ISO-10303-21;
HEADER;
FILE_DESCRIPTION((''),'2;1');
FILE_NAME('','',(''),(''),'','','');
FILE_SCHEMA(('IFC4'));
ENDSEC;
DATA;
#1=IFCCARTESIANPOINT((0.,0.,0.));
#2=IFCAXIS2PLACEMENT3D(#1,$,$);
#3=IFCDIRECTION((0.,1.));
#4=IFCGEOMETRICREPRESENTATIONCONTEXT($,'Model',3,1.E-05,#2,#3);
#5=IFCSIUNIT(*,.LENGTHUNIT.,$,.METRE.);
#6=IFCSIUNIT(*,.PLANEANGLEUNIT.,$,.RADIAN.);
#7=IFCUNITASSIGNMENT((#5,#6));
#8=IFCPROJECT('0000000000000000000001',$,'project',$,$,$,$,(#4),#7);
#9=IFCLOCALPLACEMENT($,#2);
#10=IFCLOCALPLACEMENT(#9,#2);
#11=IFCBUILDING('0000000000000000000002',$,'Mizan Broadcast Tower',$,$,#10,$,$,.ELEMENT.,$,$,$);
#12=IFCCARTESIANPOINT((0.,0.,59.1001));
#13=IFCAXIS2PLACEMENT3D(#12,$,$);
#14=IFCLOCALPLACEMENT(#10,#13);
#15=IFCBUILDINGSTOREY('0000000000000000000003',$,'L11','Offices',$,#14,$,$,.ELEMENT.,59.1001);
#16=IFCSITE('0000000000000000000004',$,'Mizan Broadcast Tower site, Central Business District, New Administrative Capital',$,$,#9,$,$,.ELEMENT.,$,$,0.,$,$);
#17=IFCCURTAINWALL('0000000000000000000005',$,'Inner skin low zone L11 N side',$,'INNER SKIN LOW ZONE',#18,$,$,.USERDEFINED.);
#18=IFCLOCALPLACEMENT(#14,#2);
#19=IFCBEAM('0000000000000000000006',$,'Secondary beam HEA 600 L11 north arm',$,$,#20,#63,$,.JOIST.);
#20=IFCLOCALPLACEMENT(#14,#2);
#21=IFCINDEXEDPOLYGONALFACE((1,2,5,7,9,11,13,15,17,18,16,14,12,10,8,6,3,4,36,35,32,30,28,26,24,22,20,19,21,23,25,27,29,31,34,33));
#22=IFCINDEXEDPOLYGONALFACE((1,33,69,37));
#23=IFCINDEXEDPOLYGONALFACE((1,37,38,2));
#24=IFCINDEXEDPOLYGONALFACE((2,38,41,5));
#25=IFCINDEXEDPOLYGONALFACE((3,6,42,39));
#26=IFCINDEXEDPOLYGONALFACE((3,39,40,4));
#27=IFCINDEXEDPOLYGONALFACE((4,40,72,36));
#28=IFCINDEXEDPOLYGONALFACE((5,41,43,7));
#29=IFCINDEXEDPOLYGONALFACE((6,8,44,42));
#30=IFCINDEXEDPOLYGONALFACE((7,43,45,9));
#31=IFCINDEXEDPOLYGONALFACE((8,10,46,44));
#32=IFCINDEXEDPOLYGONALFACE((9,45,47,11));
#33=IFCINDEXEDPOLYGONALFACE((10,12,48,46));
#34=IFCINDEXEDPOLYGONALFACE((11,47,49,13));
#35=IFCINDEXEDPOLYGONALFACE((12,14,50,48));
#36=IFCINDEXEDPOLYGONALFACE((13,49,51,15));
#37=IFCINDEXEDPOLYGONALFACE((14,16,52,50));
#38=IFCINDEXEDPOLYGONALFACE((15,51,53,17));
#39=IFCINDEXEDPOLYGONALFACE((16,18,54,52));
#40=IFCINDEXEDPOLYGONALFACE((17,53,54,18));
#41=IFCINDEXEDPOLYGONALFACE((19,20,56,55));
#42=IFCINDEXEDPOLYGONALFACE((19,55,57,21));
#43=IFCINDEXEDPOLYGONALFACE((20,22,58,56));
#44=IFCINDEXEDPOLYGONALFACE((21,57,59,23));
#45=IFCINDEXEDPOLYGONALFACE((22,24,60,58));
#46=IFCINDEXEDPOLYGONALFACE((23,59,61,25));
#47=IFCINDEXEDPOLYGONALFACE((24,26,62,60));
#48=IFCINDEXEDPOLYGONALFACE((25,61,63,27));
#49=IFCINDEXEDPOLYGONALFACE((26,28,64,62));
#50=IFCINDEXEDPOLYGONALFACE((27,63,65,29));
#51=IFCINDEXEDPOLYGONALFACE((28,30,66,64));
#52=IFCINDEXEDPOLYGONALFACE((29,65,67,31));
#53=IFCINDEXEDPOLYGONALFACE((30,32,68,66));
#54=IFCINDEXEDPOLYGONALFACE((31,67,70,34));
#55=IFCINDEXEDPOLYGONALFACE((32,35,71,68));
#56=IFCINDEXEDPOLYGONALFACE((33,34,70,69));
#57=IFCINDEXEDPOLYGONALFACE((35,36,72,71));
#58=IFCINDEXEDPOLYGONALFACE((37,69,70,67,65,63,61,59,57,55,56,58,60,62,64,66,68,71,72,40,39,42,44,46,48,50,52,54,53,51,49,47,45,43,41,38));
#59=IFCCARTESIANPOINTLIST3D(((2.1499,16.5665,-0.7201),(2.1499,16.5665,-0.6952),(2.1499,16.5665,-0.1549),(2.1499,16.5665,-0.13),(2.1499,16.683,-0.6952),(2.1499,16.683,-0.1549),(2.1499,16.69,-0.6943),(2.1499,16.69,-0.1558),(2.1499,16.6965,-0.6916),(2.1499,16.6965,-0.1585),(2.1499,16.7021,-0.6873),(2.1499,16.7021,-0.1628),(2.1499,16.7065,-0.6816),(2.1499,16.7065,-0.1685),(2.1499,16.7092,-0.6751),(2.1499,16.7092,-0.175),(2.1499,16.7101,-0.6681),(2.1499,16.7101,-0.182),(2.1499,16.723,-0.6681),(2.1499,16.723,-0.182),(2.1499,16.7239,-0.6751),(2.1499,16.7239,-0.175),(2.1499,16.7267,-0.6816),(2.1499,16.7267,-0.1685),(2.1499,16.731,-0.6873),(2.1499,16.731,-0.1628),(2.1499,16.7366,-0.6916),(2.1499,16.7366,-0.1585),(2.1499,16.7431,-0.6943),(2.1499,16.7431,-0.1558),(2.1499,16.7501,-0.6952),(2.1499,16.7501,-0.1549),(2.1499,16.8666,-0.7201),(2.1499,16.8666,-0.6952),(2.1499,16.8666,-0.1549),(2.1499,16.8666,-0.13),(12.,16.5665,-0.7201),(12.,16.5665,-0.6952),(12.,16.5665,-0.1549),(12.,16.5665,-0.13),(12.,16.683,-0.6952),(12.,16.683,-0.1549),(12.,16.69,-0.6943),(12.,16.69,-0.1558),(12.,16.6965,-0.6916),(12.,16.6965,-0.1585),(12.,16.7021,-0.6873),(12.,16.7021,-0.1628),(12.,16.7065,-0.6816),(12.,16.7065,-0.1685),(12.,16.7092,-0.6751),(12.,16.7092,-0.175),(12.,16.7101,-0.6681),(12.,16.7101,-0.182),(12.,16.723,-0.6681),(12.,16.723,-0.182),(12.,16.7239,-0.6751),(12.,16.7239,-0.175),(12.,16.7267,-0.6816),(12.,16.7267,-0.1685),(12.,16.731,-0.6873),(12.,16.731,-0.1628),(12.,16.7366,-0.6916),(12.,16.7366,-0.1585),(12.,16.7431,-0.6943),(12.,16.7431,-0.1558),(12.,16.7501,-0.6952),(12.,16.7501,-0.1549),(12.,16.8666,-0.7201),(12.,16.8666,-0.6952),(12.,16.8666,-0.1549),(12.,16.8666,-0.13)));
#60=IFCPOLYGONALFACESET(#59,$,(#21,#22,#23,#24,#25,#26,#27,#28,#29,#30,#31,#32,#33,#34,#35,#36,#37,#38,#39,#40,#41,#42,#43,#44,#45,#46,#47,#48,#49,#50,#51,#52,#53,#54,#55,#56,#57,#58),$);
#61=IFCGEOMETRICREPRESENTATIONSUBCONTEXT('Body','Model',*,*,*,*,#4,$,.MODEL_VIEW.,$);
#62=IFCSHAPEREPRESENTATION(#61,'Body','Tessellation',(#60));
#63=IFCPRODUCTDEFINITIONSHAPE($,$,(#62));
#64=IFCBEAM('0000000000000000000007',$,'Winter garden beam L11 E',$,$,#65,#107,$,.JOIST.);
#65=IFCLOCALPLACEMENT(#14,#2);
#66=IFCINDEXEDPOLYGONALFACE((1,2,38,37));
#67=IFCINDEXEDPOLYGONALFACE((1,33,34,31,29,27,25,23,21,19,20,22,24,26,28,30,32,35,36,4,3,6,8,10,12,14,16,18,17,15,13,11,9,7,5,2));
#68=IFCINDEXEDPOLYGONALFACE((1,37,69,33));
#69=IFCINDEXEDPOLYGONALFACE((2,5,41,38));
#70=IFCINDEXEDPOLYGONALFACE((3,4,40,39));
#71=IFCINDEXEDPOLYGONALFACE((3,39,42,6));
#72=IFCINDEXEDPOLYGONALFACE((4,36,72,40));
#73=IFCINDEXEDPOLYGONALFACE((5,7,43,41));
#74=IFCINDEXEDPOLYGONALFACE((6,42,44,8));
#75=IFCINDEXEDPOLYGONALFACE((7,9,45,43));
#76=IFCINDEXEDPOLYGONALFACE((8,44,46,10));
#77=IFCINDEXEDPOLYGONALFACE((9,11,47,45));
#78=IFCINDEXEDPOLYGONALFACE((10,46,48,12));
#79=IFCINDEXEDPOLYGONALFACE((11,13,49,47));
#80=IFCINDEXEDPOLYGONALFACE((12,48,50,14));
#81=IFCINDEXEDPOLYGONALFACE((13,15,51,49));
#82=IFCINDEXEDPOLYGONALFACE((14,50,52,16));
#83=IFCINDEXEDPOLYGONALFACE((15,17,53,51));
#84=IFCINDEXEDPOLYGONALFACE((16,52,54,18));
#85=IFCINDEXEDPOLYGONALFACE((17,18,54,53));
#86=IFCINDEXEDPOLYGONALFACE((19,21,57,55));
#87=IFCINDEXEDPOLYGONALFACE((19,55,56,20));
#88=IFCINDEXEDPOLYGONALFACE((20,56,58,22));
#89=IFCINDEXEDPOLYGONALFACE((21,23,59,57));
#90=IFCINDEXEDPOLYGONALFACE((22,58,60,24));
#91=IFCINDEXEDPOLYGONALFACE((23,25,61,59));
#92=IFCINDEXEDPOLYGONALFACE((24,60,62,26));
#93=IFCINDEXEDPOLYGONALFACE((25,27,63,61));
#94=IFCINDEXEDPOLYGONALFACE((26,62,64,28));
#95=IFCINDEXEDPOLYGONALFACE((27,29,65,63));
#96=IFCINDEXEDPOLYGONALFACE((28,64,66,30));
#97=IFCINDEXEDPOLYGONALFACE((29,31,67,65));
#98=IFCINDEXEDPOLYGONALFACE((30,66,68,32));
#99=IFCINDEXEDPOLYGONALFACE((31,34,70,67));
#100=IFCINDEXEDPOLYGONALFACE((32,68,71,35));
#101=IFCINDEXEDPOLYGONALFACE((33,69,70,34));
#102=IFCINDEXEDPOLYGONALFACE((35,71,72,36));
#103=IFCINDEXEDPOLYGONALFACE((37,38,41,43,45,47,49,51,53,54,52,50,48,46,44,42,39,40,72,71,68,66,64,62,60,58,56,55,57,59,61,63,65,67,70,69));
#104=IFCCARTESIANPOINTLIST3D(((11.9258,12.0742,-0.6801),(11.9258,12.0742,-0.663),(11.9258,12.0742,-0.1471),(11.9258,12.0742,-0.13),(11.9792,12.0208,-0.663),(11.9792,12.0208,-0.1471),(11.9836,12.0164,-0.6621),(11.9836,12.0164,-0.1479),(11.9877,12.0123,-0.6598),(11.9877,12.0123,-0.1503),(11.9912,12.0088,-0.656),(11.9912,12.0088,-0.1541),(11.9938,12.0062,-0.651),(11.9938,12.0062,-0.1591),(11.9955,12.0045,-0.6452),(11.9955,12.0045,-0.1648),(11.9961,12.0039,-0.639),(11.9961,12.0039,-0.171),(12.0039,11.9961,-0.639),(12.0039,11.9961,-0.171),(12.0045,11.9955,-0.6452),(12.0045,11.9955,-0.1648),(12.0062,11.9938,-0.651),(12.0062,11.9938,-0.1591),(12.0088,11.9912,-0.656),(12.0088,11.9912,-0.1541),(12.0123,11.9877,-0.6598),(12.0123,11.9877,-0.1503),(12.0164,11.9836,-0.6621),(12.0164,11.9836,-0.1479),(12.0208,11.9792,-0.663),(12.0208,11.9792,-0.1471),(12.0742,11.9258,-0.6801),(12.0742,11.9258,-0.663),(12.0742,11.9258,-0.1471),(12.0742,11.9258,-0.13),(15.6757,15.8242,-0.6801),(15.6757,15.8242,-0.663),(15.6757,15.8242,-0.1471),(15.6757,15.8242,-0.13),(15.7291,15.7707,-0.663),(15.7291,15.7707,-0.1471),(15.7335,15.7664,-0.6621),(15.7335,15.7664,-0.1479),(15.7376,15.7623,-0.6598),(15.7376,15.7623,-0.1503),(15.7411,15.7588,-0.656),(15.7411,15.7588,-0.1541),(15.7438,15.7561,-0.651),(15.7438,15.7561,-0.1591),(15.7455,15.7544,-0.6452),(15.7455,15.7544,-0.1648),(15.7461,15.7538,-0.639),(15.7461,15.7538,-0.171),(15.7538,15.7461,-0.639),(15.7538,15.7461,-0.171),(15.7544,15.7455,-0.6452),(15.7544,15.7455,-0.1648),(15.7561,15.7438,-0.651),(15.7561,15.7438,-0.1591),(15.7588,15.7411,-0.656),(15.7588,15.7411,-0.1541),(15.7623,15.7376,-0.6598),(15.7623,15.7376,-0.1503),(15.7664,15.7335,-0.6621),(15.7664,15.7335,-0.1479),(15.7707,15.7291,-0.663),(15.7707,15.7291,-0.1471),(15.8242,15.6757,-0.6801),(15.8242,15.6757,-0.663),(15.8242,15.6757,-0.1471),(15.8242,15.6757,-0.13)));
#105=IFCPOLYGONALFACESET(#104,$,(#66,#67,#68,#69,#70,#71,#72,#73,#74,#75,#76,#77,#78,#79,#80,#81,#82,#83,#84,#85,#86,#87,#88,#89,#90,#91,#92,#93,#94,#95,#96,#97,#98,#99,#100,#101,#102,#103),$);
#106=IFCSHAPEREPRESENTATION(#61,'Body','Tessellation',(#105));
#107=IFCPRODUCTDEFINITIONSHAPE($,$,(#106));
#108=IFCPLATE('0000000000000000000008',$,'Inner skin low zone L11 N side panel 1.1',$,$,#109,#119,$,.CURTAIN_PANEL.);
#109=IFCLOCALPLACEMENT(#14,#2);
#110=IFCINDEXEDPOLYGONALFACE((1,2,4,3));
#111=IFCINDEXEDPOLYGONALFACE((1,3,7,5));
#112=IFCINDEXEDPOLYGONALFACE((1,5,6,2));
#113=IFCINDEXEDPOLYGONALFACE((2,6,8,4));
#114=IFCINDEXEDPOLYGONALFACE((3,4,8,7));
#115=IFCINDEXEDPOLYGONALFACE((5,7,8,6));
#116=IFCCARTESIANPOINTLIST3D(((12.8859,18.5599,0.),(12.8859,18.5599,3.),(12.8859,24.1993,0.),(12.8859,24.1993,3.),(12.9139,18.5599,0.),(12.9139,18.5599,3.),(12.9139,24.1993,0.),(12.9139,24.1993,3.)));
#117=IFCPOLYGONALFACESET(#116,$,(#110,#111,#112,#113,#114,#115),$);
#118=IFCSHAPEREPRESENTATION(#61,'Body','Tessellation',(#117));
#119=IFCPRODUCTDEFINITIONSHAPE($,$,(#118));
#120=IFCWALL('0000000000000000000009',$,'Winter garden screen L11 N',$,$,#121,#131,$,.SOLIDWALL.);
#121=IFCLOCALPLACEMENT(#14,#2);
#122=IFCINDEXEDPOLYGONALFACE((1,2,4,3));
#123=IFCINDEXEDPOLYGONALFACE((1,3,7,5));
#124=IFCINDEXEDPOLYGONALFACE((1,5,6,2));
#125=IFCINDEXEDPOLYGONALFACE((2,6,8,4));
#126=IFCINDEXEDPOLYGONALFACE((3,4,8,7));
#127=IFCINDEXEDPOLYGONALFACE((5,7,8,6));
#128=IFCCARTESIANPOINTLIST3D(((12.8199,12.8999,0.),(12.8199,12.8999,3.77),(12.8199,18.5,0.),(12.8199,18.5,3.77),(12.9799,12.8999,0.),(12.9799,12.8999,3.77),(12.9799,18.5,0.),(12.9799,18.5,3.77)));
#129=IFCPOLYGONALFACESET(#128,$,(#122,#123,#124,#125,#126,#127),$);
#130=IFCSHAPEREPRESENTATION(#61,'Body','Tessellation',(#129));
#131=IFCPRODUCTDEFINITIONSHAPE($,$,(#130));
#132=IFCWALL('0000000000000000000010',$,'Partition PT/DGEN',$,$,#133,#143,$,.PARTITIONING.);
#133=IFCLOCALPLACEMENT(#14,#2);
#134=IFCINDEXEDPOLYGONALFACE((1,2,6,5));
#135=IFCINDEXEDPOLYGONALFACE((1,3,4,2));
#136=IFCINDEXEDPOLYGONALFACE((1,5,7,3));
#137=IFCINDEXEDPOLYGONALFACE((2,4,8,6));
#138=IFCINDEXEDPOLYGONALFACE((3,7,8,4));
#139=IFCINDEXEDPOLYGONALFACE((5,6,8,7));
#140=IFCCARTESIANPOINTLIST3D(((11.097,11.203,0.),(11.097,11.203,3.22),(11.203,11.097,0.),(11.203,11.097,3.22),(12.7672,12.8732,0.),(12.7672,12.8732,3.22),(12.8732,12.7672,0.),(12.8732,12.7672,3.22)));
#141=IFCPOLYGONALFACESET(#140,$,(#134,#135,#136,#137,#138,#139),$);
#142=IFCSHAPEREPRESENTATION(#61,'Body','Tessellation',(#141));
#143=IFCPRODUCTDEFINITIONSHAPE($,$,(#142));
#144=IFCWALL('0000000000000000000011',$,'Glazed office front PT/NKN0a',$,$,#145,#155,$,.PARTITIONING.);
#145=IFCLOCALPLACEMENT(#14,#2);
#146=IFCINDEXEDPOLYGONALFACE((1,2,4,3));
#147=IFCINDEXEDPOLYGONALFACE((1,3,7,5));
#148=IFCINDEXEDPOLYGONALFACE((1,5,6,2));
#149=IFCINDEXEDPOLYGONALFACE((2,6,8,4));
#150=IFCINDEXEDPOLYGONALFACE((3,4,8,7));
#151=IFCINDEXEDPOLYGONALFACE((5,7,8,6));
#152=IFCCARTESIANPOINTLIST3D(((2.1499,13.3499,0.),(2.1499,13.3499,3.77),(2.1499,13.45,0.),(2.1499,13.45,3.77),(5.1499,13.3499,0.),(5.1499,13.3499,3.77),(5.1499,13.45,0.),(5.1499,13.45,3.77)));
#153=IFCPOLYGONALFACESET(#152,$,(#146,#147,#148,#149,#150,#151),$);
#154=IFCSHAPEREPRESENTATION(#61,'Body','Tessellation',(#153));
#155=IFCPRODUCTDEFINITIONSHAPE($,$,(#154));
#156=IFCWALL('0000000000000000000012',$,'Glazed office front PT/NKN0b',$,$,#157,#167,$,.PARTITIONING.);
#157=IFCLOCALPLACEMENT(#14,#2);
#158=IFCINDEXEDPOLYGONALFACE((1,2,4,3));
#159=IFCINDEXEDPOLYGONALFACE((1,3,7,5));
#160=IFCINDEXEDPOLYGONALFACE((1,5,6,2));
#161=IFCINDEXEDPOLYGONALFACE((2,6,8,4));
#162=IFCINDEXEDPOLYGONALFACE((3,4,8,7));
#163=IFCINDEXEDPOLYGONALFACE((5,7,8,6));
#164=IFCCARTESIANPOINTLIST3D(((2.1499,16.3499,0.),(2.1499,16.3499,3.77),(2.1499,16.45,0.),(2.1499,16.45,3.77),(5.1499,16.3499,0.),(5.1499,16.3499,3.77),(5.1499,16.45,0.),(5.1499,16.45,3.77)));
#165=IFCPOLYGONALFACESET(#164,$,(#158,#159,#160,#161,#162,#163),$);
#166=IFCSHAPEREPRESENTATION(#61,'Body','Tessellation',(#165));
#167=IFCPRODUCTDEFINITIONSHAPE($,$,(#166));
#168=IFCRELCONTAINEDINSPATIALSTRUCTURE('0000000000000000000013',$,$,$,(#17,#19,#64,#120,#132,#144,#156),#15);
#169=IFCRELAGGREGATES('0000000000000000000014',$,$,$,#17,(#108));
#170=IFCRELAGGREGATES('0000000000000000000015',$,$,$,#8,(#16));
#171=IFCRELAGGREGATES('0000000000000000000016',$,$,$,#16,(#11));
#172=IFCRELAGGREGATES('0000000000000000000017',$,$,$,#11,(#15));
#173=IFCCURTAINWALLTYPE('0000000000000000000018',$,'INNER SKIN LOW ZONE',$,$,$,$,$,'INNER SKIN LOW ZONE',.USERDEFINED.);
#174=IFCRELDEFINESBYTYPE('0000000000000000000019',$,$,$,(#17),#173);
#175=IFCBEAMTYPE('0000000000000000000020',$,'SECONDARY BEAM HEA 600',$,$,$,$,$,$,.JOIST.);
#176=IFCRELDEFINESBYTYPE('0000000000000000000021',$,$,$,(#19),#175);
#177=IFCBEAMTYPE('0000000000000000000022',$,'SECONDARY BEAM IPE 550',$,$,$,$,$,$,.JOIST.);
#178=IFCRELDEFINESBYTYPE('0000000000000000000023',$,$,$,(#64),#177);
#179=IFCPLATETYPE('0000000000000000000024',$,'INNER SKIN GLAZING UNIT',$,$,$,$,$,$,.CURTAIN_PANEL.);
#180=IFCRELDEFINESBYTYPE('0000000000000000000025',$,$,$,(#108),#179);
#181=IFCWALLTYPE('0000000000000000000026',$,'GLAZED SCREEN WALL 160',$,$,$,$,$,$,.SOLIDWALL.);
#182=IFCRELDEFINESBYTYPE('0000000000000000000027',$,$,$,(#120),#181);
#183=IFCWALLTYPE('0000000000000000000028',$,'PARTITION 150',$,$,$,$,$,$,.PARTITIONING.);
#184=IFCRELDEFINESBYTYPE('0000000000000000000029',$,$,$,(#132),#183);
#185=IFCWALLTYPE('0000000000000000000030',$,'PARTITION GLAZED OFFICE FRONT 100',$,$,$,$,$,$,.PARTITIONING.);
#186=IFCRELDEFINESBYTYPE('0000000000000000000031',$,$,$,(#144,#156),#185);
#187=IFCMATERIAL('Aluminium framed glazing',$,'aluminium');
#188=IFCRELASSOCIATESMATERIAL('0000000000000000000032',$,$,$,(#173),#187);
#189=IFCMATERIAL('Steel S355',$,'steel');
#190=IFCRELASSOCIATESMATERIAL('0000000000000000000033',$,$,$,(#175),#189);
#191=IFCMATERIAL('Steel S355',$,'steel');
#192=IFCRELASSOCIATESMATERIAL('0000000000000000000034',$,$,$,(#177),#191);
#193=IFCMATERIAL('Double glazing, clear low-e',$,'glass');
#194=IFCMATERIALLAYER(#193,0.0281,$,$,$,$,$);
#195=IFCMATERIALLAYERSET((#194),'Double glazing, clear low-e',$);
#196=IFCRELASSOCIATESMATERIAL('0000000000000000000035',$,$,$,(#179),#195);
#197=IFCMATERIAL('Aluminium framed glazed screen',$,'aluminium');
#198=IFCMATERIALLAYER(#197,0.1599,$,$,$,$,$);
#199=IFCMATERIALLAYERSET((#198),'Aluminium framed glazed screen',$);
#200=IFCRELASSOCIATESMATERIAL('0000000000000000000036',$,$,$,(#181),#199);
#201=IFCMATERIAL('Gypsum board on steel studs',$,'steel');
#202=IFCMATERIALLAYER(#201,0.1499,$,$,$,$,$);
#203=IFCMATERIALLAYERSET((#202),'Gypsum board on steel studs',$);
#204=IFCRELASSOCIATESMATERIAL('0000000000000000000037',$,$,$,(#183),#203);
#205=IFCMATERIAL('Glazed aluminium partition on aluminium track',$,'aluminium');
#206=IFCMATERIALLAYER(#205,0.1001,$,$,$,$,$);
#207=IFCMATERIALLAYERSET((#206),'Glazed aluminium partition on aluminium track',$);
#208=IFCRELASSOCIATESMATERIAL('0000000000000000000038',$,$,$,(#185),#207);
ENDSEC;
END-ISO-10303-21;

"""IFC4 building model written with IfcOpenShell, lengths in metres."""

from ifc_helpers import new_model, si_unit, direction, frame, frame_2d, origin, origin_2d, place, context, subcontext, project, spatial, rectangle, i_section, extrude, material, layer, layer_set, material_profile, profile_set, type_object, element, aggregate, save


model = new_model("IFC4")

# Units and contexts
model_context = context("Model", 3, precision=1e-05, world=origin(), true_north=direction((0.0, 1.0)))
body_context = subcontext(model_context, "Body", "Model", "MODEL_VIEW")
ifc_project = project(units=[si_unit("LENGTHUNIT", "METRE"), si_unit("PLANEANGLEUNIT", "RADIAN")], contexts=[model_context])

# Site, building, storey
site_placement = place(None, origin())
site = spatial("IfcSite", under=ifc_project, at=site_placement, Name="Mizan Broadcast Tower site, Central Business District, New Administrative Capital", CompositionType="ELEMENT", RefElevation=0.0)
building_placement = place(site_placement, origin())
building = spatial("IfcBuilding", under=site, at=building_placement, Name="Mizan Broadcast Tower", CompositionType="ELEMENT")
storey_placement = place(building_placement, frame((0.0, 0.0, 59.1001)))
storey = spatial("IfcBuildingStorey", under=building, at=storey_placement, Name="L11", Description="Offices", CompositionType="ELEMENT", Elevation=59.1001)

# Curtain wall
ifc_material_1 = material(Name="Aluminium framed glazing", Category="aluminium")
curtain_wall_type_1 = type_object("IfcCurtainWallType", Name="INNER SKIN LOW ZONE", ElementType="INNER SKIN LOW ZONE", PredefinedType="USERDEFINED", material=ifc_material_1)
curtain_wall_1_placement = place(storey_placement, origin())
curtain_wall_1 = element("IfcCurtainWall", 1, at=curtain_wall_1_placement, inside=storey, type_object=curtain_wall_type_1, Name="Inner skin low zone L11 N side", ObjectType="INNER SKIN LOW ZONE", PredefinedType="USERDEFINED")

# Beams
ifc_material_2 = material(Name="Steel S355", Category="steel")
ifc_material_profile_1 = material_profile(ifc_material_2, i_section(OverallWidth=0.3, OverallDepth=0.5901, WebThickness=0.0129, FlangeThickness=0.0249, FilletRadius=0.0271, at=origin_2d()), Name="HEA 600")
ifc_profile_set_1 = profile_set([ifc_material_profile_1], Name="Steel S355")
beam_type_1 = type_object("IfcBeamType", Name="SECONDARY BEAM HEA 600", PredefinedType="JOIST", material=ifc_profile_set_1)
for number, where, z_axis, x_axis, name in (
    (2, (12.0, 16.7166, -0.425), (-1.0, 0.0, 0.0), (0.0, -1.0, 0.0), "Secondary beam HEA 600 L11 north arm"),
):
    element("IfcBeam", number, at=place(storey_placement, frame(where, z_axis=z_axis, x_axis=x_axis)), inside=storey, type_object=beam_type_1, Name=name, PredefinedType="JOIST", context=body_context, shape_type="SweptSolid", body=[
        extrude(i_section(OverallWidth=0.3, OverallDepth=0.5901, WebThickness=0.0129, FlangeThickness=0.0249, FilletRadius=0.0271, at=origin_2d()), origin(), (0.0, 0.0, 1.0), 9.8501),
    ])
ifc_material_3 = material(Name="Steel S355", Category="steel")
ifc_material_profile_2 = material_profile(ifc_material_3, i_section(OverallWidth=0.21, OverallDepth=0.55, WebThickness=0.011, FlangeThickness=0.0171, FilletRadius=0.0239, at=origin_2d()), Name="IPE 550")
ifc_profile_set_2 = profile_set([ifc_material_profile_2], Name="Steel S355")
beam_type_2 = type_object("IfcBeamType", Name="SECONDARY BEAM IPE 550", PredefinedType="JOIST", material=ifc_profile_set_2)
beam_1_placement = place(storey_placement, frame((12.0, 12.0, -0.405), z_axis=(0.707107, 0.707107, 0.0), x_axis=(-0.707107, 0.707107, 0.0)))
element("IfcBeam", 3, at=beam_1_placement, inside=storey, type_object=beam_type_2, Name="Winter garden beam L11 E", PredefinedType="JOIST", context=body_context, shape_type="SweptSolid", body=[
    extrude(i_section(OverallWidth=0.21, OverallDepth=0.55, WebThickness=0.011, FlangeThickness=0.0171, FilletRadius=0.0239, at=origin_2d()), origin(), (0.0, 0.0, 1.0), 5.3032),
])

# Plate
ifc_material_4 = material(Name="Double glazing, clear low-e", Category="glass")
ifc_layer_1 = layer(ifc_material_4, 0.0281)
ifc_layer_set_1 = layer_set([ifc_layer_1], Name="Double glazing, clear low-e")
plate_type = type_object("IfcPlateType", Name="INNER SKIN GLAZING UNIT", PredefinedType="CURTAIN_PANEL", material=ifc_layer_set_1)
plate_placement = place(storey_placement, frame((12.8999, 21.3796, 0.0), z_axis=(0.0, 0.0, 1.0), x_axis=(0.0, 1.0, 0.0)))
plate = element("IfcPlate", 4, at=plate_placement, type_object=plate_type, Name="Inner skin low zone L11 N side panel 1.1", PredefinedType="CURTAIN_PANEL", context=body_context, shape_type="SweptSolid", body=[
    extrude(rectangle(XDim=5.6394, YDim=0.0281, at=origin_2d()), origin(), (0.0, 0.0, 1.0), 3.0),
])
aggregate(curtain_wall_1, [plate])

# Walls
ifc_material_5 = material(Name="Aluminium framed glazed screen", Category="aluminium")
ifc_layer_2 = layer(ifc_material_5, 0.1599)
ifc_layer_set_2 = layer_set([ifc_layer_2], Name="Aluminium framed glazed screen")
wall_type_1 = type_object("IfcWallType", Name="GLAZED SCREEN WALL 160", PredefinedType="SOLIDWALL", material=ifc_layer_set_2)
wall_1_placement = place(storey_placement, frame((12.8999, 12.8999, 0.0), z_axis=(0.0, 0.0, 1.0), x_axis=(0.0, 1.0, 0.0)))
element("IfcWall", 5, at=wall_1_placement, inside=storey, type_object=wall_type_1, Name="Winter garden screen L11 N", PredefinedType="SOLIDWALL", context=body_context, shape_type="SweptSolid", body=[
    extrude(rectangle(XDim=5.6001, YDim=0.1599, at=frame_2d((2.8, 0.0))), origin(), (0.0, 0.0, 1.0), 3.77),
])
ifc_material_6 = material(Name="Gypsum board on steel studs", Category="steel")
ifc_layer_3 = layer(ifc_material_6, 0.1499)
ifc_layer_set_3 = layer_set([ifc_layer_3], Name="Gypsum board on steel studs")
wall_type_2 = type_object("IfcWallType", Name="PARTITION 150", PredefinedType="PARTITIONING", material=ifc_layer_set_3)
wall_2_placement = place(storey_placement, frame((11.1499, 11.1499, 0.0), z_axis=(0.0, 0.0, 1.0), x_axis=(0.707107, 0.707107, 0.0)))
element("IfcWall", 6, at=wall_2_placement, inside=storey, type_object=wall_type_2, Name="Partition PT/DGEN", PredefinedType="PARTITIONING", context=body_context, shape_type="SweptSolid", body=[
    extrude(rectangle(XDim=2.3621, YDim=0.1499, at=frame_2d((1.1812, 0.0))), origin(), (0.0, 0.0, 1.0), 3.22),
])
ifc_material_7 = material(Name="Glazed aluminium partition on aluminium track", Category="aluminium")
ifc_layer_4 = layer(ifc_material_7, 0.1001)
ifc_layer_set_4 = layer_set([ifc_layer_4], Name="Glazed aluminium partition on aluminium track")
wall_type_3 = type_object("IfcWallType", Name="PARTITION GLAZED OFFICE FRONT 100", PredefinedType="PARTITIONING", material=ifc_layer_set_4)
for number, where, z_axis, x_axis, name in (
    (7, (2.1499, 13.3999, 0.0), (0.0, 0.0, 1.0), (1.0, 0.0, 0.0), "Glazed office front PT/NKN0a"),
    (8, (2.1499, 16.3999, 0.0), (0.0, 0.0, 1.0), (1.0, 0.0, 0.0), "Glazed office front PT/NKN0b"),
):
    element("IfcWall", number, at=place(storey_placement, frame(where, z_axis=z_axis, x_axis=x_axis)), inside=storey, type_object=wall_type_3, Name=name, PredefinedType="PARTITIONING", context=body_context, shape_type="SweptSolid", body=[
        extrude(rectangle(XDim=3.0, YDim=0.1001, at=frame_2d((1.5, 0.0))), origin(), (0.0, 0.0, 1.0), 3.77),
    ])

save(model, "model.ifc")
